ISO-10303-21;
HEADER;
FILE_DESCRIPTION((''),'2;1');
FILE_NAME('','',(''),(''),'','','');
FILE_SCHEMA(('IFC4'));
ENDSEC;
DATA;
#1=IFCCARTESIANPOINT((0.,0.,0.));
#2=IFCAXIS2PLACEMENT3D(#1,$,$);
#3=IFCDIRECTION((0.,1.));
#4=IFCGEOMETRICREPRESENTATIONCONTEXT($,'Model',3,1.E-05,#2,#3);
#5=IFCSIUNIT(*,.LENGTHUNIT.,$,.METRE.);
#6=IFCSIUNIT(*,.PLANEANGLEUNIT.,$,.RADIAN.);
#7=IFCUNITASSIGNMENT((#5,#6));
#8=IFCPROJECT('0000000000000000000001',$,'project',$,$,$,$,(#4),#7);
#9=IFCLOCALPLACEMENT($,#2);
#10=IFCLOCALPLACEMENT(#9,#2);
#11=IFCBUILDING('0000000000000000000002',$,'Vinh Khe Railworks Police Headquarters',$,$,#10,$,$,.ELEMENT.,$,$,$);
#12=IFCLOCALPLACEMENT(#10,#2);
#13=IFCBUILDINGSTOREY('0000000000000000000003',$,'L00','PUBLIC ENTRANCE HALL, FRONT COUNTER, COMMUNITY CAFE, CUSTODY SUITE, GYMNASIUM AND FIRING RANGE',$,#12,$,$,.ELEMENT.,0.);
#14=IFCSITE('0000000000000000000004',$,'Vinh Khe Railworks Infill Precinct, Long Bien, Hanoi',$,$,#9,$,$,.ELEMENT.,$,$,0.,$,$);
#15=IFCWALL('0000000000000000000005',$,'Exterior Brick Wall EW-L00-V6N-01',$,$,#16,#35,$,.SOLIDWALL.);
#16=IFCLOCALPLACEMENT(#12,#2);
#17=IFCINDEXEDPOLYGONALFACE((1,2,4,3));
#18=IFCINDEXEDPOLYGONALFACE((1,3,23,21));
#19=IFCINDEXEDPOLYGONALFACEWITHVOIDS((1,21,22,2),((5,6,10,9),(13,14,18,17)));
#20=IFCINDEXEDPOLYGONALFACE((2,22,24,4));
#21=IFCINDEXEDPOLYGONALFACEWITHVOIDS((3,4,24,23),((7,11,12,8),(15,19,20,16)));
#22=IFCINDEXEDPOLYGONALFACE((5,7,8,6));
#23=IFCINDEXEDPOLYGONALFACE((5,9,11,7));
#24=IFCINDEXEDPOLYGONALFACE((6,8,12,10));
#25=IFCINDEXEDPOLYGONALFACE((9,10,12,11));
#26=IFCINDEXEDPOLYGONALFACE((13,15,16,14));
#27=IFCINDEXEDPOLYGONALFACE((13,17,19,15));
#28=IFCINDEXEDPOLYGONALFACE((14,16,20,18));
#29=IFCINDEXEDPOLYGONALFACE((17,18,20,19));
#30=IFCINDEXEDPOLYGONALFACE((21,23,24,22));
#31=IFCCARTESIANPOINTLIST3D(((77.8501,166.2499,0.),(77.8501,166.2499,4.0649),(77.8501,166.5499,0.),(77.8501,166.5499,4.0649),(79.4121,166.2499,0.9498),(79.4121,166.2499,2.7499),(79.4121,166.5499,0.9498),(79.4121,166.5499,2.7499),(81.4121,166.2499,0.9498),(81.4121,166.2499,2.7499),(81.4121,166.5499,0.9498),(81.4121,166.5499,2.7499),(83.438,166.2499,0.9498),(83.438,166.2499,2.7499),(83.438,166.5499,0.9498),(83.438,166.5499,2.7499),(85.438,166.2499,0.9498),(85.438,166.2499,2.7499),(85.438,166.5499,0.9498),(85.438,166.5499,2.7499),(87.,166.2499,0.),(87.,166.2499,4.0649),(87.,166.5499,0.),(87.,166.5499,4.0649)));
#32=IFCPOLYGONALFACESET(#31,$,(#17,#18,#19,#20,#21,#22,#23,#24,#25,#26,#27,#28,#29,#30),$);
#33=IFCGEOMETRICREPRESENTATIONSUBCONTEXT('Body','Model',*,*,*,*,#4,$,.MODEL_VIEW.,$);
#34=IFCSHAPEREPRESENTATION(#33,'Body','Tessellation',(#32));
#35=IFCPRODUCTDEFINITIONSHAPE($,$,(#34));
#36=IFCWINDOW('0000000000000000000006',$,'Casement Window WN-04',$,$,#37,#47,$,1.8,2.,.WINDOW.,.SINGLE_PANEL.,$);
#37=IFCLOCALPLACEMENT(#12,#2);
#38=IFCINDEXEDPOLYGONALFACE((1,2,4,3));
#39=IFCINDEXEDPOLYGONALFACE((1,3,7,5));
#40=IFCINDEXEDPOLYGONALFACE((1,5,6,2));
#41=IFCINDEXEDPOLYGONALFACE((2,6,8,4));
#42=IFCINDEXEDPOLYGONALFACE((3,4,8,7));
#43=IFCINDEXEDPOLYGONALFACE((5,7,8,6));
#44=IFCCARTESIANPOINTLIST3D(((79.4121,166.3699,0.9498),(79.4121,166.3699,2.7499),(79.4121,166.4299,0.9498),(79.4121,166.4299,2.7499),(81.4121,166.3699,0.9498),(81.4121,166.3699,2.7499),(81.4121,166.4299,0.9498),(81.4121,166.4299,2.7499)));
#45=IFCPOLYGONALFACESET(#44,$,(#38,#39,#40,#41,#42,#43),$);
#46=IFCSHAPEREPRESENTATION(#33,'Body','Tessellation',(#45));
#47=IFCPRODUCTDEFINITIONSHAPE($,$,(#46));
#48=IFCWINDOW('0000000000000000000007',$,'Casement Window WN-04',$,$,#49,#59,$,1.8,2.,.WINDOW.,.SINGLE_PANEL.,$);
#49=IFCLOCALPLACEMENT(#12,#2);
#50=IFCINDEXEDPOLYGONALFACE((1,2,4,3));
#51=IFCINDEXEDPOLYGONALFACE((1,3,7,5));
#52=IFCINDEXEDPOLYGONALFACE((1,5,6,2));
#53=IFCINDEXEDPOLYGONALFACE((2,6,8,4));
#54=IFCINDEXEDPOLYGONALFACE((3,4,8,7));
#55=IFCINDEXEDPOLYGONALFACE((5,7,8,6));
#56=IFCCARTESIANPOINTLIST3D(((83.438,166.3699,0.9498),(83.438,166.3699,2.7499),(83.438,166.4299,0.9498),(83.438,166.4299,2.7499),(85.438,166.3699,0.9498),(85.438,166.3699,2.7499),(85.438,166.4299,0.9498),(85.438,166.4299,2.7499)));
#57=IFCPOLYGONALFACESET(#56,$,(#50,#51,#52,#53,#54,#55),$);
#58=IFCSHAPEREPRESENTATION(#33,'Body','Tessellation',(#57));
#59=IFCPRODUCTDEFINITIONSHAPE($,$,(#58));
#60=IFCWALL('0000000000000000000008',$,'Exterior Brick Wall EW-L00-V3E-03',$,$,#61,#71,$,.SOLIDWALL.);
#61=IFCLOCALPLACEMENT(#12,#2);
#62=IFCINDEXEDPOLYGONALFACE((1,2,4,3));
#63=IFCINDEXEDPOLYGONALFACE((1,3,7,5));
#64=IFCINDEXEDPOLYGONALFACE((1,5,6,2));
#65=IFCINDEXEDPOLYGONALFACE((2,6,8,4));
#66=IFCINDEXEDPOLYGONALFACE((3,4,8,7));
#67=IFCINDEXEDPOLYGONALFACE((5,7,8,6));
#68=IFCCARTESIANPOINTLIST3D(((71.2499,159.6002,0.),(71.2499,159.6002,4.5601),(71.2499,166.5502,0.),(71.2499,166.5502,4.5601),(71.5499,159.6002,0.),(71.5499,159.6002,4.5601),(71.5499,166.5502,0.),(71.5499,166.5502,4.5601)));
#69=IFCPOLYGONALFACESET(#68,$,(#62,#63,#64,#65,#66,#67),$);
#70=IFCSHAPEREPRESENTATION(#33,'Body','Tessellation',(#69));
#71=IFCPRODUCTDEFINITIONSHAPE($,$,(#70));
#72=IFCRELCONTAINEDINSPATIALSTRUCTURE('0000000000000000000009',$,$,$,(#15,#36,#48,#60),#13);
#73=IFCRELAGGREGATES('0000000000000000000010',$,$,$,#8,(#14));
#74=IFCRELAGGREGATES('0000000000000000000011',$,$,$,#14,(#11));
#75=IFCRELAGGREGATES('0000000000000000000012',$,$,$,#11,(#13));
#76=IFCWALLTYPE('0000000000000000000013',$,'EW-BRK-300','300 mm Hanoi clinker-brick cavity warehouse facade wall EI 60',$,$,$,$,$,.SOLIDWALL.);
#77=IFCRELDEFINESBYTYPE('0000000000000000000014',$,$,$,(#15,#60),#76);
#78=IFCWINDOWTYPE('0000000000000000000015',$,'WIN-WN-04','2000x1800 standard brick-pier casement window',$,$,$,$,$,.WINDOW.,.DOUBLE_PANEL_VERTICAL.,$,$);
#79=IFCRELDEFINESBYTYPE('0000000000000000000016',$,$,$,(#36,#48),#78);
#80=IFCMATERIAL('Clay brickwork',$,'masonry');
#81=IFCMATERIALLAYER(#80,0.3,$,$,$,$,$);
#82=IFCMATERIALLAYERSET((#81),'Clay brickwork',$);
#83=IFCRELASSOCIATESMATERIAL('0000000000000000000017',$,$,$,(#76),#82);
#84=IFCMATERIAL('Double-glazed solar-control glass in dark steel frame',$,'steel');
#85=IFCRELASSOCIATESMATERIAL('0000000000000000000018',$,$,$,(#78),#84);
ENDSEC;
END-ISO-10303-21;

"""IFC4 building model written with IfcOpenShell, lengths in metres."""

from ifc_helpers import new_model, si_unit, direction, frame, frame_2d, origin, place, context, subcontext, project, spatial, rectangle, extrude, material, layer, layer_set, type_object, element, fill, save


model = new_model("IFC4")

# Units and contexts
model_context = context("Model", 3, precision=1e-05, world=origin(), true_north=direction((0.0, 1.0)))
body_context = subcontext(model_context, "Body", "Model", "MODEL_VIEW")
ifc_project = project(units=[si_unit("LENGTHUNIT", "METRE"), si_unit("PLANEANGLEUNIT", "RADIAN")], contexts=[model_context])

# Site, building, storey
site_placement = place(None, origin())
site = spatial("IfcSite", under=ifc_project, at=site_placement, Name="Vinh Khe Railworks Infill Precinct, Long Bien, Hanoi", CompositionType="ELEMENT", RefElevation=0.0)
building_placement = place(site_placement, origin())
building = spatial("IfcBuilding", under=site, at=building_placement, Name="Vinh Khe Railworks Police Headquarters", CompositionType="ELEMENT")
storey_placement = place(building_placement, origin())
storey = spatial("IfcBuildingStorey", under=building, at=storey_placement, Name="L00", Description="PUBLIC ENTRANCE HALL, FRONT COUNTER, COMMUNITY CAFE, CUSTODY SUITE, GYMNASIUM AND FIRING RANGE", CompositionType="ELEMENT", Elevation=0.0)

# Wall, openings, windows
ifc_material_1 = material(Name="Clay brickwork", Category="masonry")
ifc_layer = layer(ifc_material_1, 0.3)
ifc_layer_set = layer_set([ifc_layer], Name="Clay brickwork")
wall_type = type_object("IfcWallType", Name="EW-BRK-300", Description="300 mm Hanoi clinker-brick cavity warehouse facade wall EI 60", PredefinedType="SOLIDWALL", material=ifc_layer_set)
wall_1_placement = place(storey_placement, frame((77.8501, 166.3999, 0.0), z_axis=(0.0, 0.0, 1.0), x_axis=(1.0, 0.0, 0.0)))
wall_1 = element("IfcWall", 1, at=wall_1_placement, inside=storey, type_object=wall_type, Name="Exterior Brick Wall EW-L00-V6N-01", PredefinedType="SOLIDWALL", context=body_context, shape_type="SweptSolid", body=[
    extrude(rectangle(XDim=9.1499, YDim=0.3, at=frame_2d((4.575, 0.0))), origin(), (0.0, 0.0, 1.0), 4.0649),
])
opening_1_placement = place(wall_1_placement, frame((1.562, 0.0, 0.95)))
opening_1 = element("IfcOpeningElement", 2, at=opening_1_placement, cuts=wall_1, PredefinedType="OPENING", context=body_context, shape_type="SweptSolid", body=[
    extrude(rectangle(XDim=2.0, YDim=1.8, at=frame_2d((1.0, 0.8999))), frame((0.0, 0.165, 0.0), z_axis=(0.0, -1.0, 0.0), x_axis=(1.0, 0.0, 0.0)), (0.0, 0.0, 1.0), 0.3298),
])
opening_2_placement = place(wall_1_placement, frame((5.5879, 0.0, 0.95)))
opening_2 = element("IfcOpeningElement", 3, at=opening_2_placement, cuts=wall_1, PredefinedType="OPENING", context=body_context, shape_type="SweptSolid", body=[
    extrude(rectangle(XDim=2.0, YDim=1.8, at=frame_2d((1.0, 0.8999))), frame((0.0, 0.165, 0.0), z_axis=(0.0, -1.0, 0.0), x_axis=(1.0, 0.0, 0.0)), (0.0, 0.0, 1.0), 0.3298),
])
ifc_material_2 = material(Name="Double-glazed solar-control glass in dark steel frame", Category="steel")
window_type = type_object("IfcWindowType", Name="WIN-WN-04", Description="2000x1800 standard brick-pier casement window", PartitioningType="DOUBLE_PANEL_VERTICAL", PredefinedType="WINDOW", material=ifc_material_2)
window_1_placement = place(opening_1_placement, origin())
window_1 = element("IfcWindow", 4, at=window_1_placement, inside=storey, type_object=window_type, Name="Casement Window WN-04", OverallHeight=1.8, OverallWidth=2.0, PartitioningType="SINGLE_PANEL", PredefinedType="WINDOW", context=body_context, shape_type="SweptSolid", body=[
    extrude(rectangle(XDim=2.0, YDim=1.8, at=frame_2d((1.0, 0.8999))), frame((0.0, 0.03, 0.0), z_axis=(0.0, -1.0, 0.0), x_axis=(1.0, 0.0, 0.0)), (0.0, 0.0, 1.0), 0.0601),
])
fill(opening_1, window_1)
window_2_placement = place(opening_2_placement, origin())
window_2 = element("IfcWindow", 5, at=window_2_placement, inside=storey, type_object=window_type, Name="Casement Window WN-04", OverallHeight=1.8, OverallWidth=2.0, PartitioningType="SINGLE_PANEL", PredefinedType="WINDOW", context=body_context, shape_type="SweptSolid", body=[
    extrude(rectangle(XDim=2.0, YDim=1.8, at=frame_2d((1.0, 0.8999))), frame((0.0, 0.03, 0.0), z_axis=(0.0, -1.0, 0.0), x_axis=(1.0, 0.0, 0.0)), (0.0, 0.0, 1.0), 0.0601),
])
fill(opening_2, window_2)

# Wall
wall_2_placement = place(storey_placement, frame((71.3999, 159.6001, 0.0), z_axis=(0.0, 0.0, 1.0), x_axis=(0.0, 1.0, 0.0)))
element("IfcWall", 6, at=wall_2_placement, inside=storey, type_object=wall_type, Name="Exterior Brick Wall EW-L00-V3E-03", PredefinedType="SOLIDWALL", context=body_context, shape_type="SweptSolid", body=[
    extrude(rectangle(XDim=6.95, YDim=0.3, at=frame_2d((3.4751, 0.0))), origin(), (0.0, 0.0, 1.0), 4.5601),
])

save(model, "model.ifc")
